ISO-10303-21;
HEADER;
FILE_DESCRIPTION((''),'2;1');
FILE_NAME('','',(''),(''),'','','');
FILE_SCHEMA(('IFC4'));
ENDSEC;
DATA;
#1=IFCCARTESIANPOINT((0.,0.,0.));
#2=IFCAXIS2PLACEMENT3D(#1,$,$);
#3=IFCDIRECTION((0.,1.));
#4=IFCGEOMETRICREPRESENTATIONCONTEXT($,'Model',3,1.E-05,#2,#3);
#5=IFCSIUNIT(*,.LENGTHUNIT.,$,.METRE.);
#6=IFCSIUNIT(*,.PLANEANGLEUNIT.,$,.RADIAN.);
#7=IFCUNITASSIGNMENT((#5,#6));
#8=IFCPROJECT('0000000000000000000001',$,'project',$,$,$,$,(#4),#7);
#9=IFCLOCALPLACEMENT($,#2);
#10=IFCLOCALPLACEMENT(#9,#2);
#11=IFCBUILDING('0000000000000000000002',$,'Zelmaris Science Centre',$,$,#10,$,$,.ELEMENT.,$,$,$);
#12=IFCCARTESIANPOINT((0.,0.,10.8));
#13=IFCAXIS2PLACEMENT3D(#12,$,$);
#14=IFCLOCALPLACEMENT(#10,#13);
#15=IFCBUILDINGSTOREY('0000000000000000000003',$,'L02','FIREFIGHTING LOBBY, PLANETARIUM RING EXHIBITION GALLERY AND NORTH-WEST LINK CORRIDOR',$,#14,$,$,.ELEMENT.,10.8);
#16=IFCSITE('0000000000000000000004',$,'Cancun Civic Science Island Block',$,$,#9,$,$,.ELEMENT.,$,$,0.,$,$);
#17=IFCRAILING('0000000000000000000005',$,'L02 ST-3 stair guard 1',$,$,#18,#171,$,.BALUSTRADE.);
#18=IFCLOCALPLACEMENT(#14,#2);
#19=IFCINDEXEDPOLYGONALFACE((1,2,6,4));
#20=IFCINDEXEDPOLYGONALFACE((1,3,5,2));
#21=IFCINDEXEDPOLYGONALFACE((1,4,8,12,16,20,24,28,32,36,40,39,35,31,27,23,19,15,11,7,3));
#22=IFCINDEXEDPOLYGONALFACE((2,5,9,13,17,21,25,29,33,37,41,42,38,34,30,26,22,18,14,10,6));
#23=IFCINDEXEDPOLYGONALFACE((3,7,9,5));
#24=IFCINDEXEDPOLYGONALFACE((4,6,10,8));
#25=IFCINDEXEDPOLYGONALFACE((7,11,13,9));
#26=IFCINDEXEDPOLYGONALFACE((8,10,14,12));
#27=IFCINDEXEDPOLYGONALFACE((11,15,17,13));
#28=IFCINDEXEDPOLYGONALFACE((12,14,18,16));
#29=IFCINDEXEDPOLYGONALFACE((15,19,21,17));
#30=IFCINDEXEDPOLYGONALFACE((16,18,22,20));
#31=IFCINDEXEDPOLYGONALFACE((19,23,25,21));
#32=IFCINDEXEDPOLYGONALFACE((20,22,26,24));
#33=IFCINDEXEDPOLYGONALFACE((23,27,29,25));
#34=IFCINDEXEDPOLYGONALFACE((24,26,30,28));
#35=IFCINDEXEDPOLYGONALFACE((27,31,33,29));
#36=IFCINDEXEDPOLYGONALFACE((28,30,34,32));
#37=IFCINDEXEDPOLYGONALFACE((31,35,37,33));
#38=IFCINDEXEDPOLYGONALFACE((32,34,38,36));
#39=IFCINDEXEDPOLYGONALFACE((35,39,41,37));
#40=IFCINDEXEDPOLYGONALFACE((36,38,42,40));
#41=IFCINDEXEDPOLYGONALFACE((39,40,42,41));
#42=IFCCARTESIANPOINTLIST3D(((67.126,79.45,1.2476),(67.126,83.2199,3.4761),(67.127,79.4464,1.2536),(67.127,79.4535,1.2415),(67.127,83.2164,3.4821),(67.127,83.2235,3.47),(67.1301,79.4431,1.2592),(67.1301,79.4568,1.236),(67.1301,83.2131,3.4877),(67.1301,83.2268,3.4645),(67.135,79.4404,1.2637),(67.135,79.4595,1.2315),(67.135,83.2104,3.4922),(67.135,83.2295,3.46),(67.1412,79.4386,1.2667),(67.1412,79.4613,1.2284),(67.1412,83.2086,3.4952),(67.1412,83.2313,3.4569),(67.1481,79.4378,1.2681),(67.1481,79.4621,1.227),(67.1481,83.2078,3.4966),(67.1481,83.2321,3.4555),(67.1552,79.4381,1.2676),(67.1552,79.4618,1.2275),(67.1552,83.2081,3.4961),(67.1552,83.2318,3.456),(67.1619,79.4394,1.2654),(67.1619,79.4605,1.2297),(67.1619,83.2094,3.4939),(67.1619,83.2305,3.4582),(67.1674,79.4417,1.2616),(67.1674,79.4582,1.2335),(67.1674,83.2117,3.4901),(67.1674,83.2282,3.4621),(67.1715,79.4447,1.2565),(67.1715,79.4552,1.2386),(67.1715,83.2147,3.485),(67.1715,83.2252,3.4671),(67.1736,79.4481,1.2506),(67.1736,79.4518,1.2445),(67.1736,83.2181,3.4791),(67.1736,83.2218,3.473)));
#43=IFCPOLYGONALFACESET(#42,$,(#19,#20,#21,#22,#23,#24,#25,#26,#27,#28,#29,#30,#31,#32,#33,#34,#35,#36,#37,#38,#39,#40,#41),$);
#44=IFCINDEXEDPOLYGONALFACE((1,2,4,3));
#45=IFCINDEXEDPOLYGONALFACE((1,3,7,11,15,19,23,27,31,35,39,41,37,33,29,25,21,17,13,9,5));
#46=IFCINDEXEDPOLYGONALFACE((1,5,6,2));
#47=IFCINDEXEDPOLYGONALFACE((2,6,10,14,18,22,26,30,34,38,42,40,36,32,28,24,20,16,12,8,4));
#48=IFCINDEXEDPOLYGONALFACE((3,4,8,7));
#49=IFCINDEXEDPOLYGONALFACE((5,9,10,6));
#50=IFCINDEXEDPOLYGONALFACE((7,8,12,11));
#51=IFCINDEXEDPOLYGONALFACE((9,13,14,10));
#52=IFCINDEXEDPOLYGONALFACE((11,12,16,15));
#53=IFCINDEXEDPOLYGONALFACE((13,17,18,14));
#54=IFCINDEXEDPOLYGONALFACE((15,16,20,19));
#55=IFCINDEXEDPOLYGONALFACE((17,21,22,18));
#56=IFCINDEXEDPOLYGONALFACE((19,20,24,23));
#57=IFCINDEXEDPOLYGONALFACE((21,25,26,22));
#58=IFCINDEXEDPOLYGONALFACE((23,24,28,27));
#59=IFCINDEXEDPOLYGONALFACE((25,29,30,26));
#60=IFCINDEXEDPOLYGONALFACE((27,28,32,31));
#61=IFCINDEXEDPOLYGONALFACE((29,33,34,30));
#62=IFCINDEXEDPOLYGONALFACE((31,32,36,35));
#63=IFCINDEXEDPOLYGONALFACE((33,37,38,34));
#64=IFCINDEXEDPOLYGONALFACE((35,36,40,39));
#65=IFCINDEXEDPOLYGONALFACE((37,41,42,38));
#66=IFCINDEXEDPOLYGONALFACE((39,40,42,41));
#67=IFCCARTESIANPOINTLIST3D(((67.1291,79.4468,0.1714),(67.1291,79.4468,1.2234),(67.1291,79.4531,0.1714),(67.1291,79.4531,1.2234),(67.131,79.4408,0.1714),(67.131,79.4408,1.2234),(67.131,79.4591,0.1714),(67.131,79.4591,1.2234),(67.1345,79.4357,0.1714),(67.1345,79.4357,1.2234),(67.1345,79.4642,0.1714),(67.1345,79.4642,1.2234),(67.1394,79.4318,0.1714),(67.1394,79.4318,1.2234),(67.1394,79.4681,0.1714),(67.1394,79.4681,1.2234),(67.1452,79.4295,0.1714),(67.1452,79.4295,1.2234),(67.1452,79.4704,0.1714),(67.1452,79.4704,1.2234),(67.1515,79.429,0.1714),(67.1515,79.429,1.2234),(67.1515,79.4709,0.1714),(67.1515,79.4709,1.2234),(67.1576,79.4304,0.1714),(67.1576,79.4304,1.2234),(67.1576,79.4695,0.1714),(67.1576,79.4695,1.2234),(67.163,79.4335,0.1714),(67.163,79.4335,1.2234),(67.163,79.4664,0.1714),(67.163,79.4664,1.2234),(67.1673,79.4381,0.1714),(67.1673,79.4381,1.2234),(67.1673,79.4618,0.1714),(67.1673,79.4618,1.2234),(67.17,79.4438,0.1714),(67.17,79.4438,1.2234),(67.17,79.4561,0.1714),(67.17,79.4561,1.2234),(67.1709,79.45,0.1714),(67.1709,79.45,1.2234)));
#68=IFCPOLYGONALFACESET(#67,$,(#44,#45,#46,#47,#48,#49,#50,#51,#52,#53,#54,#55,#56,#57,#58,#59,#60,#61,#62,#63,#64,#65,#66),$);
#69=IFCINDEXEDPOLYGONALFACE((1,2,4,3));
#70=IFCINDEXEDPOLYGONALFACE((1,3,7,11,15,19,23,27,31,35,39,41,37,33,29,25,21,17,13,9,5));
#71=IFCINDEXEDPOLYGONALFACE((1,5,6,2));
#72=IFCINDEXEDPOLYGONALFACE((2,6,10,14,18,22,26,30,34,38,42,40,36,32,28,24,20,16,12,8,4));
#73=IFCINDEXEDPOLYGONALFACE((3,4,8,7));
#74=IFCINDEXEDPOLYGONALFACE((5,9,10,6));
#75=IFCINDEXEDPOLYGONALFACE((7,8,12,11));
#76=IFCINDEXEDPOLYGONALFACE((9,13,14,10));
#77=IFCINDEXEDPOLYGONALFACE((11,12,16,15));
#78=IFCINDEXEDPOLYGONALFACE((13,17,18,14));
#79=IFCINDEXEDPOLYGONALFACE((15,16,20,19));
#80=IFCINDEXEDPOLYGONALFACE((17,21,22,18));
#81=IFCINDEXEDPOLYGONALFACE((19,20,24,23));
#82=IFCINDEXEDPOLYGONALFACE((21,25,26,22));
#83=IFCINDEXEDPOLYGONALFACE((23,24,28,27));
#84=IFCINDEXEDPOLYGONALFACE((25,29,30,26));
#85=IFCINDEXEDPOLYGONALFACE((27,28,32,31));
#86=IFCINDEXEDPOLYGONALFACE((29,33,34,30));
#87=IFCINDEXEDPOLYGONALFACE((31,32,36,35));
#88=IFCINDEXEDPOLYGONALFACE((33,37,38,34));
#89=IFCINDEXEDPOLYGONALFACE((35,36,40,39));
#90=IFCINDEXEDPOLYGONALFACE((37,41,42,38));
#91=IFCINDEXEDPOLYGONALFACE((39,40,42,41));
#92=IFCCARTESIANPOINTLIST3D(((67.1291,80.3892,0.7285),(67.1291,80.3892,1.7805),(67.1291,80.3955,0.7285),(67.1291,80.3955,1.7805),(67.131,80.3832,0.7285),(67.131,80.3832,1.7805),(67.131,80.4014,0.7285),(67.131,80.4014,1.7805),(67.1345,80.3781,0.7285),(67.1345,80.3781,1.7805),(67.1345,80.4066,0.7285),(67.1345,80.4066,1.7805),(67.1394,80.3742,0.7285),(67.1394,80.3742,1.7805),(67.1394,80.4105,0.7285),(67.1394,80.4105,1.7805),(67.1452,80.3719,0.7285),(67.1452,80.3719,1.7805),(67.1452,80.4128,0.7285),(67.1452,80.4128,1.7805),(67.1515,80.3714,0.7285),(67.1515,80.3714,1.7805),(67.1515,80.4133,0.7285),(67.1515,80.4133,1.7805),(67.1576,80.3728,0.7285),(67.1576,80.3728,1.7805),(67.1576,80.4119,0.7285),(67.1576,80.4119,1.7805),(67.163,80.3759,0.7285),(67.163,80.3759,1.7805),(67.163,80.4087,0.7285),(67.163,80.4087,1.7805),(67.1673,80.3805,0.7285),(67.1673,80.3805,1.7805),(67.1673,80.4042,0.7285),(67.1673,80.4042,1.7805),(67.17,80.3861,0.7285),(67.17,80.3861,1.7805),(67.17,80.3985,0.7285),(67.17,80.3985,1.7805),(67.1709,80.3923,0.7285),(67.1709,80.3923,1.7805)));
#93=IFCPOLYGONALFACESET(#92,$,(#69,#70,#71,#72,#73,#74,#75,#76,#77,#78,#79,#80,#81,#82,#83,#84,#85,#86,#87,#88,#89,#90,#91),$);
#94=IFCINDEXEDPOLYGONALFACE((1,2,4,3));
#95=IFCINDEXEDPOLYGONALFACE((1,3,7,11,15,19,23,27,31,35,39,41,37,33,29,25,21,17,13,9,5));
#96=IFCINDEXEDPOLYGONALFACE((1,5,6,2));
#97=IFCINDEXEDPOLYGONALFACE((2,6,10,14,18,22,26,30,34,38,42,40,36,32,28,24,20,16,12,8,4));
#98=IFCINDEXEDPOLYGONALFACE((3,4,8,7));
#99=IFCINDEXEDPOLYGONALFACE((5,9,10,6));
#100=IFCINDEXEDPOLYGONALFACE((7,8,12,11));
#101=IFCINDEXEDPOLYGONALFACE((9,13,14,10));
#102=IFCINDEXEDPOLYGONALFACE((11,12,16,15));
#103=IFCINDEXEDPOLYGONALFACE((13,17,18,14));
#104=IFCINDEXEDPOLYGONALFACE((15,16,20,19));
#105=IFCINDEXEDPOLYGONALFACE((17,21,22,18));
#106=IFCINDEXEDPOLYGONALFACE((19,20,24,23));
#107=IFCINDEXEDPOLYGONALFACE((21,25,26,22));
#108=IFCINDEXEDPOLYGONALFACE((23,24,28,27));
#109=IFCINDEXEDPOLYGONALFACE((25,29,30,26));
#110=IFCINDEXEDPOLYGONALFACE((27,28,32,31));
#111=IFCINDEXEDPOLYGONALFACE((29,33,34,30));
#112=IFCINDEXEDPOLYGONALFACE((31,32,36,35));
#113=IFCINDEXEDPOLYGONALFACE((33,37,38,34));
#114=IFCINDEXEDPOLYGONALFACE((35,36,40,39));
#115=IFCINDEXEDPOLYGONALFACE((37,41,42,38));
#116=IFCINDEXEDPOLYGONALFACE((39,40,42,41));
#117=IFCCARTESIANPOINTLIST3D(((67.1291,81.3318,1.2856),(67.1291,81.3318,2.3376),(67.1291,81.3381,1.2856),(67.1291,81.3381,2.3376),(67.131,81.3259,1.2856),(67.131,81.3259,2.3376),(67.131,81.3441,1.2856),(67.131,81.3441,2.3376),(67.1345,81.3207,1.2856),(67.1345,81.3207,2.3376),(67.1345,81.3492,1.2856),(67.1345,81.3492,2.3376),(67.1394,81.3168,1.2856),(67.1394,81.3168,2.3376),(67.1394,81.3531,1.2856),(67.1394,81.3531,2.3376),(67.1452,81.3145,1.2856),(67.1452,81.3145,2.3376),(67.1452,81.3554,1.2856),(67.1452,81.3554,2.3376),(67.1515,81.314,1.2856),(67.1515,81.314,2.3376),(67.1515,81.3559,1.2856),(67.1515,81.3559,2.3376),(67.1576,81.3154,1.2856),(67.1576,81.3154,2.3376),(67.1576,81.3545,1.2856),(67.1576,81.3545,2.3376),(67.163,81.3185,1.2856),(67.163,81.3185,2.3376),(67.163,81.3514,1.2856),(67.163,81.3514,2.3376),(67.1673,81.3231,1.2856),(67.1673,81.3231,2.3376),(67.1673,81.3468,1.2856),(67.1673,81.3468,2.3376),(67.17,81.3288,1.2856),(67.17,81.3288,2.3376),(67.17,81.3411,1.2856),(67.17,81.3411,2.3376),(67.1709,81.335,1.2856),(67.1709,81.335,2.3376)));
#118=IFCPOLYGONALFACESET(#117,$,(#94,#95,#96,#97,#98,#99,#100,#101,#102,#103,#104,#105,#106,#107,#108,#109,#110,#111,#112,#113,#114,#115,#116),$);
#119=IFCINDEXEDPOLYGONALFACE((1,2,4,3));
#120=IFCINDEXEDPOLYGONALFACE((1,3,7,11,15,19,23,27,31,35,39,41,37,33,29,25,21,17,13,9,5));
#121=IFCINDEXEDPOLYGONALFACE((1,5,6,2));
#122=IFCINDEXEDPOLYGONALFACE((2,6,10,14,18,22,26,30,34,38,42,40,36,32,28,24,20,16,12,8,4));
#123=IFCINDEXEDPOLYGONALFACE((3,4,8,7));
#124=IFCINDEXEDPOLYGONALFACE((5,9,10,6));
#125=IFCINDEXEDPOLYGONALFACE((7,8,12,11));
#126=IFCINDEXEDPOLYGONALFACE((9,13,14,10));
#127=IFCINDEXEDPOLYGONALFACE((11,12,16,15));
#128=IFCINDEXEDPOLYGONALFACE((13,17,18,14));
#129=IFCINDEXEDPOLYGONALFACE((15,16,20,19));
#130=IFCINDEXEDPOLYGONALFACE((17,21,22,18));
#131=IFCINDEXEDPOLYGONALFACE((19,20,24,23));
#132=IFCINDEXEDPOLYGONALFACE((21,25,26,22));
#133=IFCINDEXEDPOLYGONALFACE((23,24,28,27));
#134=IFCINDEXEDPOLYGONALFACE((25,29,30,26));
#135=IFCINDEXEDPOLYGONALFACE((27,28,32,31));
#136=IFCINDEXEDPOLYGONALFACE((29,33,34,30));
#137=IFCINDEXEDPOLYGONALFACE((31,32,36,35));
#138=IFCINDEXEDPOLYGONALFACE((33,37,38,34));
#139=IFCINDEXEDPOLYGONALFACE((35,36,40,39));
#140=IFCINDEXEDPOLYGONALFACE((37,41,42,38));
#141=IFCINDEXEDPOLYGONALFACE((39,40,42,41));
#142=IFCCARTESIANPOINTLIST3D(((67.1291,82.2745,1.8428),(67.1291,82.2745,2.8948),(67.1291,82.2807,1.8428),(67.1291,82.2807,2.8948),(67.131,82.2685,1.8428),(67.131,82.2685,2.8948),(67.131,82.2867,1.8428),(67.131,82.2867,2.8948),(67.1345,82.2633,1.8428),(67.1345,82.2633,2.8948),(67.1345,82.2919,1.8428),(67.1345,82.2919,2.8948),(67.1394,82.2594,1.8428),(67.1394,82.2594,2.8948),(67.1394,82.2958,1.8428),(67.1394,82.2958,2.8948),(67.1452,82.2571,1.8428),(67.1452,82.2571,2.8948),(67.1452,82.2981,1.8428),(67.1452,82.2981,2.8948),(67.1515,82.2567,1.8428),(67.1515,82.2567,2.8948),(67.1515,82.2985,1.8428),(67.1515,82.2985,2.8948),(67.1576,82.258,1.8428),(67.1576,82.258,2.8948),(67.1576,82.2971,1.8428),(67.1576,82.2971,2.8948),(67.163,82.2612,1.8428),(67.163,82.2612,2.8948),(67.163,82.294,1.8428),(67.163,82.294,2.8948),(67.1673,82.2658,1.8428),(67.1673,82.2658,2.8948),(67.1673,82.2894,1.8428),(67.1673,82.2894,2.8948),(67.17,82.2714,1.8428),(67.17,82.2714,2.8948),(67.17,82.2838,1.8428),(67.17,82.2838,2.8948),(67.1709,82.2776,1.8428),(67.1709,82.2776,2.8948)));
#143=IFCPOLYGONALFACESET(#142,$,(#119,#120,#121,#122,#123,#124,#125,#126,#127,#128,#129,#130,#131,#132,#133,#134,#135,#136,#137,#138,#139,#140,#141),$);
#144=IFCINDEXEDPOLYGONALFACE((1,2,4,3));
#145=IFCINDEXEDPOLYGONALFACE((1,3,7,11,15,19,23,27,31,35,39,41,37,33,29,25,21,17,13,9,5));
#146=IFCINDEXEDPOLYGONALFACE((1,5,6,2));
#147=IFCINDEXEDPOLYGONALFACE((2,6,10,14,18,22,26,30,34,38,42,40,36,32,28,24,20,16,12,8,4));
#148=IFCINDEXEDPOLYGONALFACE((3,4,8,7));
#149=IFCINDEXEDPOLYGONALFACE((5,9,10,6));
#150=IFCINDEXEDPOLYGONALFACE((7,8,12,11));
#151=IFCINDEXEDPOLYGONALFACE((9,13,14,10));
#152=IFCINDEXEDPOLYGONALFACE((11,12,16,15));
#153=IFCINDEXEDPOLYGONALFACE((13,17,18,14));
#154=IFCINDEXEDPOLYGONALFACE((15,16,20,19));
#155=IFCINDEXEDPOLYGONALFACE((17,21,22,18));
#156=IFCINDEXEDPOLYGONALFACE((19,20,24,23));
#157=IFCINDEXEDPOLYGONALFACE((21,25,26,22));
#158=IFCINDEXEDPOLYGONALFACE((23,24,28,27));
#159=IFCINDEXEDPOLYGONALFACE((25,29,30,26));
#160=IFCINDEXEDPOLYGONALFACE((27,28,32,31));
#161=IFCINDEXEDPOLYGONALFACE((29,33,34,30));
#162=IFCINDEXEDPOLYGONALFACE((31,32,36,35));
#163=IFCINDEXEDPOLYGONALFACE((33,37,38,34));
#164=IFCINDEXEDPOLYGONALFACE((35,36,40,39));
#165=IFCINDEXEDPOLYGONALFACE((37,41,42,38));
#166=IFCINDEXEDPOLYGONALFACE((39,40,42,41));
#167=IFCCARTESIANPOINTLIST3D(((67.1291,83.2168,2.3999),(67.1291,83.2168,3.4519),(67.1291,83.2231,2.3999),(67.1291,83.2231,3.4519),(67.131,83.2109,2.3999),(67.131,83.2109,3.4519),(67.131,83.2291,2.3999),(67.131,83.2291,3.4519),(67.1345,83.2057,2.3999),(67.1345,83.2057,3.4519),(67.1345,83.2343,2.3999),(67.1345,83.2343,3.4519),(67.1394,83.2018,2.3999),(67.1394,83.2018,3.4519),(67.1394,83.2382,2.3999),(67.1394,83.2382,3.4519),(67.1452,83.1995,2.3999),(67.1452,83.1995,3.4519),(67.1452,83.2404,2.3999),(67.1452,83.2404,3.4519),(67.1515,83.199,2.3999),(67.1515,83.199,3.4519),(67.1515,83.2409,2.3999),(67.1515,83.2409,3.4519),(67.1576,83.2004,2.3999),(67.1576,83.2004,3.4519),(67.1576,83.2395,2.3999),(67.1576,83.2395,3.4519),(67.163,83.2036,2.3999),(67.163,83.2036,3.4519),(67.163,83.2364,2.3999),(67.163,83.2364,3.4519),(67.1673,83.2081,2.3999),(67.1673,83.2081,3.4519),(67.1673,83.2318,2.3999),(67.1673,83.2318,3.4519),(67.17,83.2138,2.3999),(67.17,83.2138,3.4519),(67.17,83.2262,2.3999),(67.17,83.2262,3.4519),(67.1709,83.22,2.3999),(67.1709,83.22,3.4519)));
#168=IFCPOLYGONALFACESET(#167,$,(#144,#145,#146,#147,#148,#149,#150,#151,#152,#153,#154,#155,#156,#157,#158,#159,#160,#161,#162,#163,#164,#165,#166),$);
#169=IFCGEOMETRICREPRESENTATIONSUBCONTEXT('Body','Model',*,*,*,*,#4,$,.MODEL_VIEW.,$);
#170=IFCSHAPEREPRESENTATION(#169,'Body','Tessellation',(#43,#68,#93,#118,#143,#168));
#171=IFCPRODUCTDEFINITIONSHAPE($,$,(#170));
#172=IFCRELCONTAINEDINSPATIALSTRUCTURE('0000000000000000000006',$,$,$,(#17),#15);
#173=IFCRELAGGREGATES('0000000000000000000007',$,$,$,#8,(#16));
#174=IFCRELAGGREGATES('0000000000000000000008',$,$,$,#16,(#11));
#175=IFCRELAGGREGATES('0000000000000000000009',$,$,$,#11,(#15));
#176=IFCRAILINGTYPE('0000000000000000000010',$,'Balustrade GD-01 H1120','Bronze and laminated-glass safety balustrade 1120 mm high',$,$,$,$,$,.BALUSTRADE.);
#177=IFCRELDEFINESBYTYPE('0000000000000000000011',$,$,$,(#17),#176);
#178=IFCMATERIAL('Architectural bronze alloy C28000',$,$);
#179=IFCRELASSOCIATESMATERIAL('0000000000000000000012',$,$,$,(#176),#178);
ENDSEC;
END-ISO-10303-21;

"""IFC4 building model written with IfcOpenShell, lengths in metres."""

from ifc_helpers import new_model, si_unit, direction, frame, origin, origin_2d, place, context, subcontext, project, spatial, circle, extrude, material, type_object, element, save


model = new_model("IFC4")

# Units and contexts
model_context = context("Model", 3, precision=1e-05, world=origin(), true_north=direction((0.0, 1.0)))
body_context = subcontext(model_context, "Body", "Model", "MODEL_VIEW")
ifc_project = project(units=[si_unit("LENGTHUNIT", "METRE"), si_unit("PLANEANGLEUNIT", "RADIAN")], contexts=[model_context])

# Site, building, storey
site_placement = place(None, origin())
site = spatial("IfcSite", under=ifc_project, at=site_placement, Name="Cancun Civic Science Island Block", CompositionType="ELEMENT", RefElevation=0.0)
building_placement = place(site_placement, origin())
building = spatial("IfcBuilding", under=site, at=building_placement, Name="Zelmaris Science Centre", CompositionType="ELEMENT")
storey_placement = place(building_placement, frame((0.0, 0.0, 10.8)))
storey = spatial("IfcBuildingStorey", under=building, at=storey_placement, Name="L02", Description="FIREFIGHTING LOBBY, PLANETARIUM RING EXHIBITION GALLERY AND NORTH-WEST LINK CORRIDOR", CompositionType="ELEMENT", Elevation=10.8)

# Railing
ifc_material_1 = material(Name="Architectural bronze alloy C28000")
railing_type_1 = type_object("IfcRailingType", Name="Balustrade GD-01 H1120", Description="Bronze and laminated-glass safety balustrade 1120 mm high", PredefinedType="BALUSTRADE", material=ifc_material_1)
railing_1_placement = place(storey_placement, frame((67.1499, 79.45, 0.1714)))
element("IfcRailing", 1, at=railing_1_placement, inside=storey, type_object=railing_type_1, Name="L02 ST-3 stair guard 1", PredefinedType="BALUSTRADE", context=body_context, shape_type="SweptSolid", body=[
    extrude(circle(Radius=0.0239, at=origin_2d()), frame((0.0, 0.0, 1.0762), z_axis=(0.0, 0.860849, 0.508861), x_axis=(-1.0, 0.0, 0.0)), (0.0, 0.0, 1.0), 4.3794),
    extrude(circle(Radius=0.021, at=origin_2d()), origin(), (0.0, 0.0, 1.0), 1.052),
    extrude(circle(Radius=0.021, at=origin_2d()), frame((0.0, 0.9424, 0.5571)), (0.0, 0.0, 1.0), 1.052),
    extrude(circle(Radius=0.021, at=origin_2d()), frame((0.0, 1.885, 1.1143)), (0.0, 0.0, 1.0), 1.052),
    extrude(circle(Radius=0.021, at=origin_2d()), frame((0.0, 2.8276, 1.6714)), (0.0, 0.0, 1.0), 1.052),
    extrude(circle(Radius=0.021, at=origin_2d()), frame((0.0, 3.77, 2.2285)), (0.0, 0.0, 1.0), 1.052),
])

save(model, "model.ifc")
